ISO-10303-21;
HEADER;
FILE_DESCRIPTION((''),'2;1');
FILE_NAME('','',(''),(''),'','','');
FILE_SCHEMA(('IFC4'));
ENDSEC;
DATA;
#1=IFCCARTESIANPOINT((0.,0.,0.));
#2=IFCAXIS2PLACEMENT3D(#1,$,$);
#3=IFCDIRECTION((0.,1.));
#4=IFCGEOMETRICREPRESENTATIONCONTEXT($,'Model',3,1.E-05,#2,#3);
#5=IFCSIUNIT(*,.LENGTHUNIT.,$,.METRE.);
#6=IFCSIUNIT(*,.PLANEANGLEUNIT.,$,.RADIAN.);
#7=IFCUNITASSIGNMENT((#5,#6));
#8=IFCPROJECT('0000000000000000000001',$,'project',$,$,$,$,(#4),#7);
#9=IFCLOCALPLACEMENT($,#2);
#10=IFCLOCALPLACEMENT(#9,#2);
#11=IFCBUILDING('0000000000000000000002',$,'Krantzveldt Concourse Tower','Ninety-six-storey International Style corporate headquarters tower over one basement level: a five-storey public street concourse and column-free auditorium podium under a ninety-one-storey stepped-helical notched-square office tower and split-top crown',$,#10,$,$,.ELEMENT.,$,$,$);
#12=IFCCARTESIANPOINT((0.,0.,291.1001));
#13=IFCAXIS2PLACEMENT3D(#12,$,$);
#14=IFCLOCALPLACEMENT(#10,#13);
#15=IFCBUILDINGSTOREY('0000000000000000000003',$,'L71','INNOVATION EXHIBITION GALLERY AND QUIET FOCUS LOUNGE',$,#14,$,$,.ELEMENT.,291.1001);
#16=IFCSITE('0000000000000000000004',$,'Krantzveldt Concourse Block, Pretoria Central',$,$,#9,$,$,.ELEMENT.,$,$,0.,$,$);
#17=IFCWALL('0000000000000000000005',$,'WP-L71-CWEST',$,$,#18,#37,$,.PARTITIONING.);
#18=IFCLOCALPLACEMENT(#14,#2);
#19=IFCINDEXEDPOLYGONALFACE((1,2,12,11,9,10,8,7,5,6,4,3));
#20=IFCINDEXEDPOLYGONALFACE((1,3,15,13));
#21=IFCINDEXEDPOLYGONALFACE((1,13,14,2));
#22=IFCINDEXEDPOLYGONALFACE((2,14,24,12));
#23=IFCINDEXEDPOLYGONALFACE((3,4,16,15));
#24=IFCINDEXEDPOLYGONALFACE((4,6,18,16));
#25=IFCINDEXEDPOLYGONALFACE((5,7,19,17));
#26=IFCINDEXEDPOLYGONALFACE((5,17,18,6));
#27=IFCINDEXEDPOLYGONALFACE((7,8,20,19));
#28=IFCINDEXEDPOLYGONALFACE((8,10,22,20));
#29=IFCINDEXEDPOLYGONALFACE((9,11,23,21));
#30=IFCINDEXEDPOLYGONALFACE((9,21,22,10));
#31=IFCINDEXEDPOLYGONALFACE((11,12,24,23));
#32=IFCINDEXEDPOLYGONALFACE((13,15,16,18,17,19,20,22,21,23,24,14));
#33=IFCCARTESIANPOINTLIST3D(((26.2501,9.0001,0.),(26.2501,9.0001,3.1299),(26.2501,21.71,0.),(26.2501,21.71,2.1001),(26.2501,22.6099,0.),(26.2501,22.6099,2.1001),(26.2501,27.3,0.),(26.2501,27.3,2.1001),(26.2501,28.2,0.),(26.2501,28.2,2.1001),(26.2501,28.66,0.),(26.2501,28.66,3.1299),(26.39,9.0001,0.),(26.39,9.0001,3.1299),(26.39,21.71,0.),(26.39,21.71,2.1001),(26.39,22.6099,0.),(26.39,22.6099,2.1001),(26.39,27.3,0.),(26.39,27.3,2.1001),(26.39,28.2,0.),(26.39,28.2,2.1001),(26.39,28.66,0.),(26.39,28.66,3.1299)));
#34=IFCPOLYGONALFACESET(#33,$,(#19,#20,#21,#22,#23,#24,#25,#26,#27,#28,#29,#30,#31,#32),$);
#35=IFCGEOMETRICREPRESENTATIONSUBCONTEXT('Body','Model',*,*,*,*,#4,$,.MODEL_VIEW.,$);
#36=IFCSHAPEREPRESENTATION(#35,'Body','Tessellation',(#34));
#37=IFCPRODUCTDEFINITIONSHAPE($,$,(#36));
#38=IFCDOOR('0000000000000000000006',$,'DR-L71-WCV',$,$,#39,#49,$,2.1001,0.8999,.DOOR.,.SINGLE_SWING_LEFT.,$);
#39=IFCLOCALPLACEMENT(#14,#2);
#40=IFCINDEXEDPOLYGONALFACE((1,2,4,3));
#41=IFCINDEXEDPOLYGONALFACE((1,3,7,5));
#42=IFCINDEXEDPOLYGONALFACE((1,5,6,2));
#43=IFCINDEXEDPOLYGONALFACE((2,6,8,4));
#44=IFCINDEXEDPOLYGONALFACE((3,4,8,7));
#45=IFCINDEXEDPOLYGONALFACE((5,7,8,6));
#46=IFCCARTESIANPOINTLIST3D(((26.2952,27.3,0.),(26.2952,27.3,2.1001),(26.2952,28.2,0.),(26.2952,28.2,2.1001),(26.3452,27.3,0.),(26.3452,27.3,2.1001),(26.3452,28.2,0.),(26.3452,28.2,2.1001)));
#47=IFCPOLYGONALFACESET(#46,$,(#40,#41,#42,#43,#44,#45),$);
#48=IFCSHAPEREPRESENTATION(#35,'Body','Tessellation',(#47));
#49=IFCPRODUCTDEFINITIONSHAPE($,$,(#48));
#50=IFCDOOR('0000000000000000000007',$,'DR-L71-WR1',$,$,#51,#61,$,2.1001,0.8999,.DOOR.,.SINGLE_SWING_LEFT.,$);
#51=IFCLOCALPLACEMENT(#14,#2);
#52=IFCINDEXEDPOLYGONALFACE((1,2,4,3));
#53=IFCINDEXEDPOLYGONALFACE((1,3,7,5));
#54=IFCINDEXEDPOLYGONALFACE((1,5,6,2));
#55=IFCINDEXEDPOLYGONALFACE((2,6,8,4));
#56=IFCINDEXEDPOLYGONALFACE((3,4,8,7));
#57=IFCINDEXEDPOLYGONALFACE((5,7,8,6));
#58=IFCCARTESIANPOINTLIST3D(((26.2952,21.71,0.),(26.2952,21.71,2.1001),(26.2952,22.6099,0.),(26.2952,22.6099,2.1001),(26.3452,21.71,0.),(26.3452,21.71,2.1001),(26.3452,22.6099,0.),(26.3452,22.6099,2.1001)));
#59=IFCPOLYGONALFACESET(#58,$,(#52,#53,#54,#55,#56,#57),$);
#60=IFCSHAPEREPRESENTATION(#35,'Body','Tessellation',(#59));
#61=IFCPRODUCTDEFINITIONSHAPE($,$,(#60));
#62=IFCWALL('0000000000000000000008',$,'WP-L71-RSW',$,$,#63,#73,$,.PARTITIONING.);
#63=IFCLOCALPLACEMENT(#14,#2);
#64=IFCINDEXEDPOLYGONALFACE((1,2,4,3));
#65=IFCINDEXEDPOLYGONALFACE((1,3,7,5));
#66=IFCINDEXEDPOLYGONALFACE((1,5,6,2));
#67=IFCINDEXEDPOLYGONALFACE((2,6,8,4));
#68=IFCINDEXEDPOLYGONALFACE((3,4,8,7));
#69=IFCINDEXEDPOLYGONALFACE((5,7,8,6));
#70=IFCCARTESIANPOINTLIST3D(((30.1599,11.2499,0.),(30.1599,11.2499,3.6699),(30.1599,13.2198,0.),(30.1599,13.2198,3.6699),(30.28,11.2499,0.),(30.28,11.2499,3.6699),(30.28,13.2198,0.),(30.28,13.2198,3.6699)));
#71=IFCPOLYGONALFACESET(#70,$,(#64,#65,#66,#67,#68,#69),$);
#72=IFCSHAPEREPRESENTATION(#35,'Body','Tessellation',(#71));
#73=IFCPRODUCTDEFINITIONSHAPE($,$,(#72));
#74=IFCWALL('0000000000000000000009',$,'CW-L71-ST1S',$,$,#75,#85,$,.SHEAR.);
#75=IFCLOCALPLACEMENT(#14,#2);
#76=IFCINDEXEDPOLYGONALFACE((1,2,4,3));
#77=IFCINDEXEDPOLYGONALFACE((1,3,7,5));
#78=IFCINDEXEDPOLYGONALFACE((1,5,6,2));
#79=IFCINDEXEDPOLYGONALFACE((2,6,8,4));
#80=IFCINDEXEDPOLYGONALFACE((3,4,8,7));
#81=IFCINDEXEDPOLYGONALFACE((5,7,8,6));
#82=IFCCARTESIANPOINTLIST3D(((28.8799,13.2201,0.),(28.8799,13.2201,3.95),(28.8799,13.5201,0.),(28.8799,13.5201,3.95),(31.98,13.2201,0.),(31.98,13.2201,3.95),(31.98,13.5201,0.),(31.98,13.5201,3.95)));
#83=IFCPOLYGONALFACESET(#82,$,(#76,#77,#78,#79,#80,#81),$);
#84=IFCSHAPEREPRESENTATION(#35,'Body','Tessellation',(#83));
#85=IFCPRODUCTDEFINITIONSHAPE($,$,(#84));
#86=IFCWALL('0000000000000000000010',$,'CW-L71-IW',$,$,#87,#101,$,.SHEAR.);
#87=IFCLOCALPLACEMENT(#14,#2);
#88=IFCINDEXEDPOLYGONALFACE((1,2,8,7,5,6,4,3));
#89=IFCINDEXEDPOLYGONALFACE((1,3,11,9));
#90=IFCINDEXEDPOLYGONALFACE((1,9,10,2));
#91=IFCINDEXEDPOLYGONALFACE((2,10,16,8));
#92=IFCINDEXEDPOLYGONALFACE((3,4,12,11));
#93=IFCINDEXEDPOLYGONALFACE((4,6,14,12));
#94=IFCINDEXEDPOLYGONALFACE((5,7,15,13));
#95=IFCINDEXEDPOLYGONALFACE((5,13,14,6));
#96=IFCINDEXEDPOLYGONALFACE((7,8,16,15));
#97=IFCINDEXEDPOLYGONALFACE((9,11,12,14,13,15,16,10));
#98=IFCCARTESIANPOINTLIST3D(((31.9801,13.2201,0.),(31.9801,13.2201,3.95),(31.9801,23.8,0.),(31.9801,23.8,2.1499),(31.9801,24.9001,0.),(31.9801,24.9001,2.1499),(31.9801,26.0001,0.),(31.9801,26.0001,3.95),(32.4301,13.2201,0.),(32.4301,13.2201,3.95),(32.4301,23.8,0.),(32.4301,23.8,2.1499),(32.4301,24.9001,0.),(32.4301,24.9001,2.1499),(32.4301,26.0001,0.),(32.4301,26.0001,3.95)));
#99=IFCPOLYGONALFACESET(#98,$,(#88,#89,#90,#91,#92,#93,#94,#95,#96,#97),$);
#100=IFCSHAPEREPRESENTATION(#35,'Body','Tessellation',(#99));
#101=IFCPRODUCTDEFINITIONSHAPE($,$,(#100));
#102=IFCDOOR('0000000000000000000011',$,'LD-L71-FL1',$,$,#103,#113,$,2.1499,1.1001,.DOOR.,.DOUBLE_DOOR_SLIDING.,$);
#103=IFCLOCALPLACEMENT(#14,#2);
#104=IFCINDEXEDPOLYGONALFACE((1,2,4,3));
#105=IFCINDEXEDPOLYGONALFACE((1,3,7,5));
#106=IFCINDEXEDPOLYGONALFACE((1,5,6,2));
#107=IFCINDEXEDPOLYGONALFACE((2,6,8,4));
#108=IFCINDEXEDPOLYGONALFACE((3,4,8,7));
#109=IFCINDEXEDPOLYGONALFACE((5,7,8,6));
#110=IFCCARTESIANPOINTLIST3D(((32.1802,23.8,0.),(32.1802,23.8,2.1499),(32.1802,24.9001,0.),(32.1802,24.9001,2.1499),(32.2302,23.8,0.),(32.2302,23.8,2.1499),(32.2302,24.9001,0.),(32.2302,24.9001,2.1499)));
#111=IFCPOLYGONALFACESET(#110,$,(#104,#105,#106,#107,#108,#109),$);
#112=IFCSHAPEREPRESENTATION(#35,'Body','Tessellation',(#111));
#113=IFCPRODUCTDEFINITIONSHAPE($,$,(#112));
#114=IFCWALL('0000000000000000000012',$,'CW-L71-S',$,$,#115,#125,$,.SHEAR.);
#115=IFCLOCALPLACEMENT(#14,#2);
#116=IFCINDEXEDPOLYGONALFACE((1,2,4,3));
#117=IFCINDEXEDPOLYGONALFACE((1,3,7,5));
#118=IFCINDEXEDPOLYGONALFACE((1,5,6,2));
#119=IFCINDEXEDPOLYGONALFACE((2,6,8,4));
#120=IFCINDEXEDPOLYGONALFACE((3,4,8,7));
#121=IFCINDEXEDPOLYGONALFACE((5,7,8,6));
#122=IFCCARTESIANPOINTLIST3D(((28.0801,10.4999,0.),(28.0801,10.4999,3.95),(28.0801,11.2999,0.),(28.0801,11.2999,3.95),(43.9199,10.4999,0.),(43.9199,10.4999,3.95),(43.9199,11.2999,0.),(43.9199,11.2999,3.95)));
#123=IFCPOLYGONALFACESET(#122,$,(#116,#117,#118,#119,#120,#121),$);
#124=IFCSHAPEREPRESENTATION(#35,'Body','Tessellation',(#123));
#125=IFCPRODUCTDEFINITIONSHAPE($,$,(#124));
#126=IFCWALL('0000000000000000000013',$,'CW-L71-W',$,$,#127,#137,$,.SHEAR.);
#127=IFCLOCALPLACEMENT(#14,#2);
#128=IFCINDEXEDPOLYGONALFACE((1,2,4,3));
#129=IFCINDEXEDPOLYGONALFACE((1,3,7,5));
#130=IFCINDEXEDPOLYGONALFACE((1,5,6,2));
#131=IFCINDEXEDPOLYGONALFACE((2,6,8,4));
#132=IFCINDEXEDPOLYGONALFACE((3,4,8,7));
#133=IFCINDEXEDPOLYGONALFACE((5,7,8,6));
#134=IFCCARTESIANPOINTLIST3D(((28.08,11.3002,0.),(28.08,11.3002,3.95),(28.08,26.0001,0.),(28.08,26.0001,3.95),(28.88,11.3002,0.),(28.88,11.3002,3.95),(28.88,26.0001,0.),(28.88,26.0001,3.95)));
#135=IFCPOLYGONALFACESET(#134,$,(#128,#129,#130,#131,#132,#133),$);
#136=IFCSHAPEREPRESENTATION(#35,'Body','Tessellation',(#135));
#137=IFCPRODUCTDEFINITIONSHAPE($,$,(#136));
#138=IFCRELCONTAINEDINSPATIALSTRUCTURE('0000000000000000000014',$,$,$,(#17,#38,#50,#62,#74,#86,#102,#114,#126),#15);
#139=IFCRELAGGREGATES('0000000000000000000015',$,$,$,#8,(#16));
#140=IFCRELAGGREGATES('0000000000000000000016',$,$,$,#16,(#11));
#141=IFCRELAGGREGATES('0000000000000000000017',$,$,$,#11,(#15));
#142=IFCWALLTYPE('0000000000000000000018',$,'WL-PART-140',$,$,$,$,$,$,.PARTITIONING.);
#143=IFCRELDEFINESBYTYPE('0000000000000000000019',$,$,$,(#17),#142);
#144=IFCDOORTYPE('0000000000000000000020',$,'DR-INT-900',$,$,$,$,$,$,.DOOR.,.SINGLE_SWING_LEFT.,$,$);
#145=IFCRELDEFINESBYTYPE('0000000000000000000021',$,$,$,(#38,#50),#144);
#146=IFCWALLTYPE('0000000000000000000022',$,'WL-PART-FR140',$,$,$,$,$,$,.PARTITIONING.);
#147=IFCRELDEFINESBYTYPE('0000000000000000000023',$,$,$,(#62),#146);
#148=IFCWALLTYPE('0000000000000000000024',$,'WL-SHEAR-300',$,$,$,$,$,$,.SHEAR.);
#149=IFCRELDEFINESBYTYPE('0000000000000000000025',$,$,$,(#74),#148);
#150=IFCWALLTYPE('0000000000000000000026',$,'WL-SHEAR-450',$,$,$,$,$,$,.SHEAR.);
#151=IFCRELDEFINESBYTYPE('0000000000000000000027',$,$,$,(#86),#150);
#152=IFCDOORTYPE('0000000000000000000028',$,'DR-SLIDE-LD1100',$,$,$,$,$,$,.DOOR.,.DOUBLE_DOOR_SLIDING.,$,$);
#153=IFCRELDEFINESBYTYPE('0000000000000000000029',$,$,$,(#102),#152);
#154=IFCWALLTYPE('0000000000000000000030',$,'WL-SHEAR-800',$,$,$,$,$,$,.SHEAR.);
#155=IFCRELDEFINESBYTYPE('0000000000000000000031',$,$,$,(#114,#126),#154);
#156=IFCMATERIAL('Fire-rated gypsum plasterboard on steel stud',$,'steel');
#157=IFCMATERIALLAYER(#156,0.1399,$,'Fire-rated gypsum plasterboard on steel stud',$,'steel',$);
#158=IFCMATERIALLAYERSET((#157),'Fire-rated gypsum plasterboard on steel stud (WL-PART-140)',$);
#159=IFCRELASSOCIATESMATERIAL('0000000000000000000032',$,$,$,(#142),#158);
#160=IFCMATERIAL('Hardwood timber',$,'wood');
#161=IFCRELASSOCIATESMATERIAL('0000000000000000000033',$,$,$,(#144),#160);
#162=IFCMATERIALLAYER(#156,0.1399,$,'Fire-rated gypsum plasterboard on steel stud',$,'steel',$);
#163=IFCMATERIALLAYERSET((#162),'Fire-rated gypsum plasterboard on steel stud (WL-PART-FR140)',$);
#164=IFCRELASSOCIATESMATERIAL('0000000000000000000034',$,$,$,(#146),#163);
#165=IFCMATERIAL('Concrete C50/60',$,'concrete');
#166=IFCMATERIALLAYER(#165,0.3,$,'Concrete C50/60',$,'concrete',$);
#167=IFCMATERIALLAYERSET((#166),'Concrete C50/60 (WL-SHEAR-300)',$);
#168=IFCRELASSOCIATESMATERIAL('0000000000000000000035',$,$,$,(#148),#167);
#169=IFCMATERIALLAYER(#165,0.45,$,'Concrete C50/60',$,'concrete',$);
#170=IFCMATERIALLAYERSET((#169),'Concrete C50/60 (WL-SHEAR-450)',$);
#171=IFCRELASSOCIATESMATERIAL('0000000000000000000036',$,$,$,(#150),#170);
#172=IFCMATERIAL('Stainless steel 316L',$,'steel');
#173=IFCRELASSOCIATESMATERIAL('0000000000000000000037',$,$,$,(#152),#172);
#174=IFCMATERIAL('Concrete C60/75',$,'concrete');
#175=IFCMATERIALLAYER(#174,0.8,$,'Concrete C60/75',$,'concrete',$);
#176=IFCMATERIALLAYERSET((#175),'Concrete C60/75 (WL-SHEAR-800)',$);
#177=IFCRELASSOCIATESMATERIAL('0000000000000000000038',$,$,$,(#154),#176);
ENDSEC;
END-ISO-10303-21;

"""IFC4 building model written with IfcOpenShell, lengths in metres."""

from ifc_helpers import new_model, si_unit, direction, frame, frame_2d, origin, place, context, subcontext, project, spatial, rectangle, extrude, material, layer, layer_set, type_object, element, fill, save


model = new_model("IFC4")

# Units and contexts
model_context = context("Model", 3, precision=1e-05, world=origin(), true_north=direction((0.0, 1.0)))
body_context = subcontext(model_context, "Body", "Model", "MODEL_VIEW")
ifc_project = project(units=[si_unit("LENGTHUNIT", "METRE"), si_unit("PLANEANGLEUNIT", "RADIAN")], contexts=[model_context])

# Site, building, storey
site_placement = place(None, origin())
site = spatial("IfcSite", under=ifc_project, at=site_placement, Name="Krantzveldt Concourse Block, Pretoria Central", CompositionType="ELEMENT", RefElevation=0.0)
building_placement = place(site_placement, origin())
building = spatial("IfcBuilding", under=site, at=building_placement, Name="Krantzveldt Concourse Tower", Description="Ninety-six-storey International Style corporate headquarters tower over one basement level: a five-storey public street concourse and column-free auditorium podium under a ninety-one-storey stepped-helical notched-square office tower and split-top crown", CompositionType="ELEMENT")
storey_placement = place(building_placement, frame((0.0, 0.0, 291.1001)))
storey = spatial("IfcBuildingStorey", under=building, at=storey_placement, Name="L71", Description="INNOVATION EXHIBITION GALLERY AND QUIET FOCUS LOUNGE", CompositionType="ELEMENT", Elevation=291.1001)

# Shared definitions
ifc_material_1 = material(Name="Fire-rated gypsum plasterboard on steel stud", Category="steel")
ifc_material_2 = material(Name="Hardwood timber", Category="wood")

# Wall, openings, doors
ifc_layer_1 = layer(ifc_material_1, 0.1399, Name="Fire-rated gypsum plasterboard on steel stud", Category="steel")
ifc_layer_set_1 = layer_set([ifc_layer_1], Name="Fire-rated gypsum plasterboard on steel stud (WL-PART-140)")
wall_type_1 = type_object("IfcWallType", Name="WL-PART-140", PredefinedType="PARTITIONING", material=ifc_layer_set_1)
wall_1_placement = place(storey_placement, frame((26.3201, 9.0, 0.0), z_axis=(0.0, 0.0, 1.0), x_axis=(0.0, 1.0, 0.0)))
wall_1 = element("IfcWall", 1, at=wall_1_placement, inside=storey, type_object=wall_type_1, Name="WP-L71-CWEST", PredefinedType="PARTITIONING", context=body_context, shape_type="SweptSolid", body=[
    extrude(rectangle(XDim=19.6599, YDim=0.1399, at=frame_2d((9.8301, 0.0))), origin(), (0.0, 0.0, 1.0), 3.1299),
])
opening_1_placement = place(wall_1_placement, frame((18.3, 0.0, 0.0)))
opening_1 = element("IfcOpeningElement", 2, at=opening_1_placement, cuts=wall_1, PredefinedType="OPENING", context=body_context, shape_type="SweptSolid", body=[
    extrude(rectangle(XDim=0.8999, YDim=2.1001, at=frame_2d((0.45, 1.05))), frame((0.0, 0.0801, 0.0), z_axis=(0.0, -1.0, 0.0), x_axis=(1.0, 0.0, 0.0)), (0.0, 0.0, 1.0), 0.1599),
])
opening_2_placement = place(wall_1_placement, frame((12.71, 0.0, 0.0)))
opening_2 = element("IfcOpeningElement", 3, at=opening_2_placement, cuts=wall_1, PredefinedType="OPENING", context=body_context, shape_type="SweptSolid", body=[
    extrude(rectangle(XDim=0.8999, YDim=2.1001, at=frame_2d((0.45, 1.05))), frame((0.0, 0.0801, 0.0), z_axis=(0.0, -1.0, 0.0), x_axis=(1.0, 0.0, 0.0)), (0.0, 0.0, 1.0), 0.1599),
])
door_type_1 = type_object("IfcDoorType", Name="DR-INT-900", OperationType="SINGLE_SWING_LEFT", PredefinedType="DOOR", material=ifc_material_2)
door_1_placement = place(opening_1_placement, origin())
door_1 = element("IfcDoor", 4, at=door_1_placement, inside=storey, type_object=door_type_1, Name="DR-L71-WCV", OperationType="SINGLE_SWING_LEFT", OverallHeight=2.1001, OverallWidth=0.8999, PredefinedType="DOOR", context=body_context, shape_type="SweptSolid", body=[
    extrude(rectangle(XDim=0.8999, YDim=2.1001, at=frame_2d((0.45, 1.05))), frame((0.0, 0.0249, 0.0), z_axis=(0.0, -1.0, 0.0), x_axis=(1.0, 0.0, 0.0)), (0.0, 0.0, 1.0), 0.05),
])
fill(opening_1, door_1)
door_2_placement = place(opening_2_placement, origin())
door_2 = element("IfcDoor", 5, at=door_2_placement, inside=storey, type_object=door_type_1, Name="DR-L71-WR1", OperationType="SINGLE_SWING_LEFT", OverallHeight=2.1001, OverallWidth=0.8999, PredefinedType="DOOR", context=body_context, shape_type="SweptSolid", body=[
    extrude(rectangle(XDim=0.8999, YDim=2.1001, at=frame_2d((0.45, 1.05))), frame((0.0, 0.0249, 0.0), z_axis=(0.0, -1.0, 0.0), x_axis=(1.0, 0.0, 0.0)), (0.0, 0.0, 1.0), 0.05),
])
fill(opening_2, door_2)

# Walls
ifc_layer_2 = layer(ifc_material_1, 0.1399, Name="Fire-rated gypsum plasterboard on steel stud", Category="steel")
ifc_layer_set_2 = layer_set([ifc_layer_2], Name="Fire-rated gypsum plasterboard on steel stud (WL-PART-FR140)")
wall_type_2 = type_object("IfcWallType", Name="WL-PART-FR140", PredefinedType="PARTITIONING", material=ifc_layer_set_2)
wall_2_placement = place(storey_placement, frame((30.22, 11.25, 0.0), z_axis=(0.0, 0.0, 1.0), x_axis=(0.0, 1.0, 0.0)))
element("IfcWall", 6, at=wall_2_placement, inside=storey, type_object=wall_type_2, Name="WP-L71-RSW", PredefinedType="PARTITIONING", context=body_context, shape_type="SweptSolid", body=[
    extrude(rectangle(XDim=1.97, YDim=0.1201, at=frame_2d((0.9849, 0.0))), origin(), (0.0, 0.0, 1.0), 3.6699),
])
ifc_material_3 = material(Name="Concrete C50/60", Category="concrete")
ifc_layer_3 = layer(ifc_material_3, 0.3, Name="Concrete C50/60", Category="concrete")
ifc_layer_set_3 = layer_set([ifc_layer_3], Name="Concrete C50/60 (WL-SHEAR-300)")
wall_type_3 = type_object("IfcWallType", Name="WL-SHEAR-300", PredefinedType="SHEAR", material=ifc_layer_set_3)
wall_3_placement = place(storey_placement, frame((28.8799, 13.3701, 0.0), z_axis=(0.0, 0.0, 1.0), x_axis=(1.0, 0.0, 0.0)))
element("IfcWall", 7, at=wall_3_placement, inside=storey, type_object=wall_type_3, Name="CW-L71-ST1S", PredefinedType="SHEAR", context=body_context, shape_type="SweptSolid", body=[
    extrude(rectangle(XDim=3.1001, YDim=0.3, at=frame_2d((1.55, 0.0))), origin(), (0.0, 0.0, 1.0), 3.95),
])

# Wall, opening, door
ifc_layer_4 = layer(ifc_material_3, 0.45, Name="Concrete C50/60", Category="concrete")
ifc_layer_set_4 = layer_set([ifc_layer_4], Name="Concrete C50/60 (WL-SHEAR-450)")
wall_type_4 = type_object("IfcWallType", Name="WL-SHEAR-450", PredefinedType="SHEAR", material=ifc_layer_set_4)
wall_4_placement = place(storey_placement, frame((32.2051, 13.22, 0.0), z_axis=(0.0, 0.0, 1.0), x_axis=(0.0, 1.0, 0.0)))
wall_4 = element("IfcWall", 8, at=wall_4_placement, inside=storey, type_object=wall_type_4, Name="CW-L71-IW", PredefinedType="SHEAR", context=body_context, shape_type="SweptSolid", body=[
    extrude(rectangle(XDim=12.78, YDim=0.45, at=frame_2d((6.3901, 0.0))), origin(), (0.0, 0.0, 1.0), 3.95),
])
opening_3_placement = place(wall_4_placement, frame((10.5801, 0.0, 0.0)))
opening_3 = element("IfcOpeningElement", 9, at=opening_3_placement, cuts=wall_4, PredefinedType="OPENING", context=body_context, shape_type="SweptSolid", body=[
    extrude(rectangle(XDim=1.1001, YDim=2.1499, at=frame_2d((0.55, 1.075))), frame((0.0, 0.2349, 0.0), z_axis=(0.0, -1.0, 0.0), x_axis=(1.0, 0.0, 0.0)), (0.0, 0.0, 1.0), 0.47),
])
ifc_material_4 = material(Name="Stainless steel 316L", Category="steel")
door_type_2 = type_object("IfcDoorType", Name="DR-SLIDE-LD1100", OperationType="DOUBLE_DOOR_SLIDING", PredefinedType="DOOR", material=ifc_material_4)
door_3_placement = place(opening_3_placement, origin())
door_3 = element("IfcDoor", 10, at=door_3_placement, inside=storey, type_object=door_type_2, Name="LD-L71-FL1", OperationType="DOUBLE_DOOR_SLIDING", OverallHeight=2.1499, OverallWidth=1.1001, PredefinedType="DOOR", context=body_context, shape_type="SweptSolid", body=[
    extrude(rectangle(XDim=1.1001, YDim=2.1499, at=frame_2d((0.55, 1.075))), frame((0.0, 0.0249, 0.0), z_axis=(0.0, -1.0, 0.0), x_axis=(1.0, 0.0, 0.0)), (0.0, 0.0, 1.0), 0.05),
])
fill(opening_3, door_3)

# Walls
ifc_material_5 = material(Name="Concrete C60/75", Category="concrete")
ifc_layer_5 = layer(ifc_material_5, 0.8, Name="Concrete C60/75", Category="concrete")
ifc_layer_set_5 = layer_set([ifc_layer_5], Name="Concrete C60/75 (WL-SHEAR-800)")
wall_type_5 = type_object("IfcWallType", Name="WL-SHEAR-800", PredefinedType="SHEAR", material=ifc_layer_set_5)
wall_5_placement = place(storey_placement, frame((28.0801, 10.8999, 0.0), z_axis=(0.0, 0.0, 1.0), x_axis=(1.0, 0.0, 0.0)))
element("IfcWall", 11, at=wall_5_placement, inside=storey, type_object=wall_type_5, Name="CW-L71-S", PredefinedType="SHEAR", context=body_context, shape_type="SweptSolid", body=[
    extrude(rectangle(XDim=15.8398, YDim=0.8, at=frame_2d((7.9199, 0.0))), origin(), (0.0, 0.0, 1.0), 3.95),
])
wall_6_placement = place(storey_placement, frame((28.48, 11.3, 0.0), z_axis=(0.0, 0.0, 1.0), x_axis=(0.0, 1.0, 0.0)))
element("IfcWall", 12, at=wall_6_placement, inside=storey, type_object=wall_type_5, Name="CW-L71-W", PredefinedType="SHEAR", context=body_context, shape_type="SweptSolid", body=[
    extrude(rectangle(XDim=14.7, YDim=0.8, at=frame_2d((7.3501, 0.0))), origin(), (0.0, 0.0, 1.0), 3.95),
])

save(model, "model.ifc")
